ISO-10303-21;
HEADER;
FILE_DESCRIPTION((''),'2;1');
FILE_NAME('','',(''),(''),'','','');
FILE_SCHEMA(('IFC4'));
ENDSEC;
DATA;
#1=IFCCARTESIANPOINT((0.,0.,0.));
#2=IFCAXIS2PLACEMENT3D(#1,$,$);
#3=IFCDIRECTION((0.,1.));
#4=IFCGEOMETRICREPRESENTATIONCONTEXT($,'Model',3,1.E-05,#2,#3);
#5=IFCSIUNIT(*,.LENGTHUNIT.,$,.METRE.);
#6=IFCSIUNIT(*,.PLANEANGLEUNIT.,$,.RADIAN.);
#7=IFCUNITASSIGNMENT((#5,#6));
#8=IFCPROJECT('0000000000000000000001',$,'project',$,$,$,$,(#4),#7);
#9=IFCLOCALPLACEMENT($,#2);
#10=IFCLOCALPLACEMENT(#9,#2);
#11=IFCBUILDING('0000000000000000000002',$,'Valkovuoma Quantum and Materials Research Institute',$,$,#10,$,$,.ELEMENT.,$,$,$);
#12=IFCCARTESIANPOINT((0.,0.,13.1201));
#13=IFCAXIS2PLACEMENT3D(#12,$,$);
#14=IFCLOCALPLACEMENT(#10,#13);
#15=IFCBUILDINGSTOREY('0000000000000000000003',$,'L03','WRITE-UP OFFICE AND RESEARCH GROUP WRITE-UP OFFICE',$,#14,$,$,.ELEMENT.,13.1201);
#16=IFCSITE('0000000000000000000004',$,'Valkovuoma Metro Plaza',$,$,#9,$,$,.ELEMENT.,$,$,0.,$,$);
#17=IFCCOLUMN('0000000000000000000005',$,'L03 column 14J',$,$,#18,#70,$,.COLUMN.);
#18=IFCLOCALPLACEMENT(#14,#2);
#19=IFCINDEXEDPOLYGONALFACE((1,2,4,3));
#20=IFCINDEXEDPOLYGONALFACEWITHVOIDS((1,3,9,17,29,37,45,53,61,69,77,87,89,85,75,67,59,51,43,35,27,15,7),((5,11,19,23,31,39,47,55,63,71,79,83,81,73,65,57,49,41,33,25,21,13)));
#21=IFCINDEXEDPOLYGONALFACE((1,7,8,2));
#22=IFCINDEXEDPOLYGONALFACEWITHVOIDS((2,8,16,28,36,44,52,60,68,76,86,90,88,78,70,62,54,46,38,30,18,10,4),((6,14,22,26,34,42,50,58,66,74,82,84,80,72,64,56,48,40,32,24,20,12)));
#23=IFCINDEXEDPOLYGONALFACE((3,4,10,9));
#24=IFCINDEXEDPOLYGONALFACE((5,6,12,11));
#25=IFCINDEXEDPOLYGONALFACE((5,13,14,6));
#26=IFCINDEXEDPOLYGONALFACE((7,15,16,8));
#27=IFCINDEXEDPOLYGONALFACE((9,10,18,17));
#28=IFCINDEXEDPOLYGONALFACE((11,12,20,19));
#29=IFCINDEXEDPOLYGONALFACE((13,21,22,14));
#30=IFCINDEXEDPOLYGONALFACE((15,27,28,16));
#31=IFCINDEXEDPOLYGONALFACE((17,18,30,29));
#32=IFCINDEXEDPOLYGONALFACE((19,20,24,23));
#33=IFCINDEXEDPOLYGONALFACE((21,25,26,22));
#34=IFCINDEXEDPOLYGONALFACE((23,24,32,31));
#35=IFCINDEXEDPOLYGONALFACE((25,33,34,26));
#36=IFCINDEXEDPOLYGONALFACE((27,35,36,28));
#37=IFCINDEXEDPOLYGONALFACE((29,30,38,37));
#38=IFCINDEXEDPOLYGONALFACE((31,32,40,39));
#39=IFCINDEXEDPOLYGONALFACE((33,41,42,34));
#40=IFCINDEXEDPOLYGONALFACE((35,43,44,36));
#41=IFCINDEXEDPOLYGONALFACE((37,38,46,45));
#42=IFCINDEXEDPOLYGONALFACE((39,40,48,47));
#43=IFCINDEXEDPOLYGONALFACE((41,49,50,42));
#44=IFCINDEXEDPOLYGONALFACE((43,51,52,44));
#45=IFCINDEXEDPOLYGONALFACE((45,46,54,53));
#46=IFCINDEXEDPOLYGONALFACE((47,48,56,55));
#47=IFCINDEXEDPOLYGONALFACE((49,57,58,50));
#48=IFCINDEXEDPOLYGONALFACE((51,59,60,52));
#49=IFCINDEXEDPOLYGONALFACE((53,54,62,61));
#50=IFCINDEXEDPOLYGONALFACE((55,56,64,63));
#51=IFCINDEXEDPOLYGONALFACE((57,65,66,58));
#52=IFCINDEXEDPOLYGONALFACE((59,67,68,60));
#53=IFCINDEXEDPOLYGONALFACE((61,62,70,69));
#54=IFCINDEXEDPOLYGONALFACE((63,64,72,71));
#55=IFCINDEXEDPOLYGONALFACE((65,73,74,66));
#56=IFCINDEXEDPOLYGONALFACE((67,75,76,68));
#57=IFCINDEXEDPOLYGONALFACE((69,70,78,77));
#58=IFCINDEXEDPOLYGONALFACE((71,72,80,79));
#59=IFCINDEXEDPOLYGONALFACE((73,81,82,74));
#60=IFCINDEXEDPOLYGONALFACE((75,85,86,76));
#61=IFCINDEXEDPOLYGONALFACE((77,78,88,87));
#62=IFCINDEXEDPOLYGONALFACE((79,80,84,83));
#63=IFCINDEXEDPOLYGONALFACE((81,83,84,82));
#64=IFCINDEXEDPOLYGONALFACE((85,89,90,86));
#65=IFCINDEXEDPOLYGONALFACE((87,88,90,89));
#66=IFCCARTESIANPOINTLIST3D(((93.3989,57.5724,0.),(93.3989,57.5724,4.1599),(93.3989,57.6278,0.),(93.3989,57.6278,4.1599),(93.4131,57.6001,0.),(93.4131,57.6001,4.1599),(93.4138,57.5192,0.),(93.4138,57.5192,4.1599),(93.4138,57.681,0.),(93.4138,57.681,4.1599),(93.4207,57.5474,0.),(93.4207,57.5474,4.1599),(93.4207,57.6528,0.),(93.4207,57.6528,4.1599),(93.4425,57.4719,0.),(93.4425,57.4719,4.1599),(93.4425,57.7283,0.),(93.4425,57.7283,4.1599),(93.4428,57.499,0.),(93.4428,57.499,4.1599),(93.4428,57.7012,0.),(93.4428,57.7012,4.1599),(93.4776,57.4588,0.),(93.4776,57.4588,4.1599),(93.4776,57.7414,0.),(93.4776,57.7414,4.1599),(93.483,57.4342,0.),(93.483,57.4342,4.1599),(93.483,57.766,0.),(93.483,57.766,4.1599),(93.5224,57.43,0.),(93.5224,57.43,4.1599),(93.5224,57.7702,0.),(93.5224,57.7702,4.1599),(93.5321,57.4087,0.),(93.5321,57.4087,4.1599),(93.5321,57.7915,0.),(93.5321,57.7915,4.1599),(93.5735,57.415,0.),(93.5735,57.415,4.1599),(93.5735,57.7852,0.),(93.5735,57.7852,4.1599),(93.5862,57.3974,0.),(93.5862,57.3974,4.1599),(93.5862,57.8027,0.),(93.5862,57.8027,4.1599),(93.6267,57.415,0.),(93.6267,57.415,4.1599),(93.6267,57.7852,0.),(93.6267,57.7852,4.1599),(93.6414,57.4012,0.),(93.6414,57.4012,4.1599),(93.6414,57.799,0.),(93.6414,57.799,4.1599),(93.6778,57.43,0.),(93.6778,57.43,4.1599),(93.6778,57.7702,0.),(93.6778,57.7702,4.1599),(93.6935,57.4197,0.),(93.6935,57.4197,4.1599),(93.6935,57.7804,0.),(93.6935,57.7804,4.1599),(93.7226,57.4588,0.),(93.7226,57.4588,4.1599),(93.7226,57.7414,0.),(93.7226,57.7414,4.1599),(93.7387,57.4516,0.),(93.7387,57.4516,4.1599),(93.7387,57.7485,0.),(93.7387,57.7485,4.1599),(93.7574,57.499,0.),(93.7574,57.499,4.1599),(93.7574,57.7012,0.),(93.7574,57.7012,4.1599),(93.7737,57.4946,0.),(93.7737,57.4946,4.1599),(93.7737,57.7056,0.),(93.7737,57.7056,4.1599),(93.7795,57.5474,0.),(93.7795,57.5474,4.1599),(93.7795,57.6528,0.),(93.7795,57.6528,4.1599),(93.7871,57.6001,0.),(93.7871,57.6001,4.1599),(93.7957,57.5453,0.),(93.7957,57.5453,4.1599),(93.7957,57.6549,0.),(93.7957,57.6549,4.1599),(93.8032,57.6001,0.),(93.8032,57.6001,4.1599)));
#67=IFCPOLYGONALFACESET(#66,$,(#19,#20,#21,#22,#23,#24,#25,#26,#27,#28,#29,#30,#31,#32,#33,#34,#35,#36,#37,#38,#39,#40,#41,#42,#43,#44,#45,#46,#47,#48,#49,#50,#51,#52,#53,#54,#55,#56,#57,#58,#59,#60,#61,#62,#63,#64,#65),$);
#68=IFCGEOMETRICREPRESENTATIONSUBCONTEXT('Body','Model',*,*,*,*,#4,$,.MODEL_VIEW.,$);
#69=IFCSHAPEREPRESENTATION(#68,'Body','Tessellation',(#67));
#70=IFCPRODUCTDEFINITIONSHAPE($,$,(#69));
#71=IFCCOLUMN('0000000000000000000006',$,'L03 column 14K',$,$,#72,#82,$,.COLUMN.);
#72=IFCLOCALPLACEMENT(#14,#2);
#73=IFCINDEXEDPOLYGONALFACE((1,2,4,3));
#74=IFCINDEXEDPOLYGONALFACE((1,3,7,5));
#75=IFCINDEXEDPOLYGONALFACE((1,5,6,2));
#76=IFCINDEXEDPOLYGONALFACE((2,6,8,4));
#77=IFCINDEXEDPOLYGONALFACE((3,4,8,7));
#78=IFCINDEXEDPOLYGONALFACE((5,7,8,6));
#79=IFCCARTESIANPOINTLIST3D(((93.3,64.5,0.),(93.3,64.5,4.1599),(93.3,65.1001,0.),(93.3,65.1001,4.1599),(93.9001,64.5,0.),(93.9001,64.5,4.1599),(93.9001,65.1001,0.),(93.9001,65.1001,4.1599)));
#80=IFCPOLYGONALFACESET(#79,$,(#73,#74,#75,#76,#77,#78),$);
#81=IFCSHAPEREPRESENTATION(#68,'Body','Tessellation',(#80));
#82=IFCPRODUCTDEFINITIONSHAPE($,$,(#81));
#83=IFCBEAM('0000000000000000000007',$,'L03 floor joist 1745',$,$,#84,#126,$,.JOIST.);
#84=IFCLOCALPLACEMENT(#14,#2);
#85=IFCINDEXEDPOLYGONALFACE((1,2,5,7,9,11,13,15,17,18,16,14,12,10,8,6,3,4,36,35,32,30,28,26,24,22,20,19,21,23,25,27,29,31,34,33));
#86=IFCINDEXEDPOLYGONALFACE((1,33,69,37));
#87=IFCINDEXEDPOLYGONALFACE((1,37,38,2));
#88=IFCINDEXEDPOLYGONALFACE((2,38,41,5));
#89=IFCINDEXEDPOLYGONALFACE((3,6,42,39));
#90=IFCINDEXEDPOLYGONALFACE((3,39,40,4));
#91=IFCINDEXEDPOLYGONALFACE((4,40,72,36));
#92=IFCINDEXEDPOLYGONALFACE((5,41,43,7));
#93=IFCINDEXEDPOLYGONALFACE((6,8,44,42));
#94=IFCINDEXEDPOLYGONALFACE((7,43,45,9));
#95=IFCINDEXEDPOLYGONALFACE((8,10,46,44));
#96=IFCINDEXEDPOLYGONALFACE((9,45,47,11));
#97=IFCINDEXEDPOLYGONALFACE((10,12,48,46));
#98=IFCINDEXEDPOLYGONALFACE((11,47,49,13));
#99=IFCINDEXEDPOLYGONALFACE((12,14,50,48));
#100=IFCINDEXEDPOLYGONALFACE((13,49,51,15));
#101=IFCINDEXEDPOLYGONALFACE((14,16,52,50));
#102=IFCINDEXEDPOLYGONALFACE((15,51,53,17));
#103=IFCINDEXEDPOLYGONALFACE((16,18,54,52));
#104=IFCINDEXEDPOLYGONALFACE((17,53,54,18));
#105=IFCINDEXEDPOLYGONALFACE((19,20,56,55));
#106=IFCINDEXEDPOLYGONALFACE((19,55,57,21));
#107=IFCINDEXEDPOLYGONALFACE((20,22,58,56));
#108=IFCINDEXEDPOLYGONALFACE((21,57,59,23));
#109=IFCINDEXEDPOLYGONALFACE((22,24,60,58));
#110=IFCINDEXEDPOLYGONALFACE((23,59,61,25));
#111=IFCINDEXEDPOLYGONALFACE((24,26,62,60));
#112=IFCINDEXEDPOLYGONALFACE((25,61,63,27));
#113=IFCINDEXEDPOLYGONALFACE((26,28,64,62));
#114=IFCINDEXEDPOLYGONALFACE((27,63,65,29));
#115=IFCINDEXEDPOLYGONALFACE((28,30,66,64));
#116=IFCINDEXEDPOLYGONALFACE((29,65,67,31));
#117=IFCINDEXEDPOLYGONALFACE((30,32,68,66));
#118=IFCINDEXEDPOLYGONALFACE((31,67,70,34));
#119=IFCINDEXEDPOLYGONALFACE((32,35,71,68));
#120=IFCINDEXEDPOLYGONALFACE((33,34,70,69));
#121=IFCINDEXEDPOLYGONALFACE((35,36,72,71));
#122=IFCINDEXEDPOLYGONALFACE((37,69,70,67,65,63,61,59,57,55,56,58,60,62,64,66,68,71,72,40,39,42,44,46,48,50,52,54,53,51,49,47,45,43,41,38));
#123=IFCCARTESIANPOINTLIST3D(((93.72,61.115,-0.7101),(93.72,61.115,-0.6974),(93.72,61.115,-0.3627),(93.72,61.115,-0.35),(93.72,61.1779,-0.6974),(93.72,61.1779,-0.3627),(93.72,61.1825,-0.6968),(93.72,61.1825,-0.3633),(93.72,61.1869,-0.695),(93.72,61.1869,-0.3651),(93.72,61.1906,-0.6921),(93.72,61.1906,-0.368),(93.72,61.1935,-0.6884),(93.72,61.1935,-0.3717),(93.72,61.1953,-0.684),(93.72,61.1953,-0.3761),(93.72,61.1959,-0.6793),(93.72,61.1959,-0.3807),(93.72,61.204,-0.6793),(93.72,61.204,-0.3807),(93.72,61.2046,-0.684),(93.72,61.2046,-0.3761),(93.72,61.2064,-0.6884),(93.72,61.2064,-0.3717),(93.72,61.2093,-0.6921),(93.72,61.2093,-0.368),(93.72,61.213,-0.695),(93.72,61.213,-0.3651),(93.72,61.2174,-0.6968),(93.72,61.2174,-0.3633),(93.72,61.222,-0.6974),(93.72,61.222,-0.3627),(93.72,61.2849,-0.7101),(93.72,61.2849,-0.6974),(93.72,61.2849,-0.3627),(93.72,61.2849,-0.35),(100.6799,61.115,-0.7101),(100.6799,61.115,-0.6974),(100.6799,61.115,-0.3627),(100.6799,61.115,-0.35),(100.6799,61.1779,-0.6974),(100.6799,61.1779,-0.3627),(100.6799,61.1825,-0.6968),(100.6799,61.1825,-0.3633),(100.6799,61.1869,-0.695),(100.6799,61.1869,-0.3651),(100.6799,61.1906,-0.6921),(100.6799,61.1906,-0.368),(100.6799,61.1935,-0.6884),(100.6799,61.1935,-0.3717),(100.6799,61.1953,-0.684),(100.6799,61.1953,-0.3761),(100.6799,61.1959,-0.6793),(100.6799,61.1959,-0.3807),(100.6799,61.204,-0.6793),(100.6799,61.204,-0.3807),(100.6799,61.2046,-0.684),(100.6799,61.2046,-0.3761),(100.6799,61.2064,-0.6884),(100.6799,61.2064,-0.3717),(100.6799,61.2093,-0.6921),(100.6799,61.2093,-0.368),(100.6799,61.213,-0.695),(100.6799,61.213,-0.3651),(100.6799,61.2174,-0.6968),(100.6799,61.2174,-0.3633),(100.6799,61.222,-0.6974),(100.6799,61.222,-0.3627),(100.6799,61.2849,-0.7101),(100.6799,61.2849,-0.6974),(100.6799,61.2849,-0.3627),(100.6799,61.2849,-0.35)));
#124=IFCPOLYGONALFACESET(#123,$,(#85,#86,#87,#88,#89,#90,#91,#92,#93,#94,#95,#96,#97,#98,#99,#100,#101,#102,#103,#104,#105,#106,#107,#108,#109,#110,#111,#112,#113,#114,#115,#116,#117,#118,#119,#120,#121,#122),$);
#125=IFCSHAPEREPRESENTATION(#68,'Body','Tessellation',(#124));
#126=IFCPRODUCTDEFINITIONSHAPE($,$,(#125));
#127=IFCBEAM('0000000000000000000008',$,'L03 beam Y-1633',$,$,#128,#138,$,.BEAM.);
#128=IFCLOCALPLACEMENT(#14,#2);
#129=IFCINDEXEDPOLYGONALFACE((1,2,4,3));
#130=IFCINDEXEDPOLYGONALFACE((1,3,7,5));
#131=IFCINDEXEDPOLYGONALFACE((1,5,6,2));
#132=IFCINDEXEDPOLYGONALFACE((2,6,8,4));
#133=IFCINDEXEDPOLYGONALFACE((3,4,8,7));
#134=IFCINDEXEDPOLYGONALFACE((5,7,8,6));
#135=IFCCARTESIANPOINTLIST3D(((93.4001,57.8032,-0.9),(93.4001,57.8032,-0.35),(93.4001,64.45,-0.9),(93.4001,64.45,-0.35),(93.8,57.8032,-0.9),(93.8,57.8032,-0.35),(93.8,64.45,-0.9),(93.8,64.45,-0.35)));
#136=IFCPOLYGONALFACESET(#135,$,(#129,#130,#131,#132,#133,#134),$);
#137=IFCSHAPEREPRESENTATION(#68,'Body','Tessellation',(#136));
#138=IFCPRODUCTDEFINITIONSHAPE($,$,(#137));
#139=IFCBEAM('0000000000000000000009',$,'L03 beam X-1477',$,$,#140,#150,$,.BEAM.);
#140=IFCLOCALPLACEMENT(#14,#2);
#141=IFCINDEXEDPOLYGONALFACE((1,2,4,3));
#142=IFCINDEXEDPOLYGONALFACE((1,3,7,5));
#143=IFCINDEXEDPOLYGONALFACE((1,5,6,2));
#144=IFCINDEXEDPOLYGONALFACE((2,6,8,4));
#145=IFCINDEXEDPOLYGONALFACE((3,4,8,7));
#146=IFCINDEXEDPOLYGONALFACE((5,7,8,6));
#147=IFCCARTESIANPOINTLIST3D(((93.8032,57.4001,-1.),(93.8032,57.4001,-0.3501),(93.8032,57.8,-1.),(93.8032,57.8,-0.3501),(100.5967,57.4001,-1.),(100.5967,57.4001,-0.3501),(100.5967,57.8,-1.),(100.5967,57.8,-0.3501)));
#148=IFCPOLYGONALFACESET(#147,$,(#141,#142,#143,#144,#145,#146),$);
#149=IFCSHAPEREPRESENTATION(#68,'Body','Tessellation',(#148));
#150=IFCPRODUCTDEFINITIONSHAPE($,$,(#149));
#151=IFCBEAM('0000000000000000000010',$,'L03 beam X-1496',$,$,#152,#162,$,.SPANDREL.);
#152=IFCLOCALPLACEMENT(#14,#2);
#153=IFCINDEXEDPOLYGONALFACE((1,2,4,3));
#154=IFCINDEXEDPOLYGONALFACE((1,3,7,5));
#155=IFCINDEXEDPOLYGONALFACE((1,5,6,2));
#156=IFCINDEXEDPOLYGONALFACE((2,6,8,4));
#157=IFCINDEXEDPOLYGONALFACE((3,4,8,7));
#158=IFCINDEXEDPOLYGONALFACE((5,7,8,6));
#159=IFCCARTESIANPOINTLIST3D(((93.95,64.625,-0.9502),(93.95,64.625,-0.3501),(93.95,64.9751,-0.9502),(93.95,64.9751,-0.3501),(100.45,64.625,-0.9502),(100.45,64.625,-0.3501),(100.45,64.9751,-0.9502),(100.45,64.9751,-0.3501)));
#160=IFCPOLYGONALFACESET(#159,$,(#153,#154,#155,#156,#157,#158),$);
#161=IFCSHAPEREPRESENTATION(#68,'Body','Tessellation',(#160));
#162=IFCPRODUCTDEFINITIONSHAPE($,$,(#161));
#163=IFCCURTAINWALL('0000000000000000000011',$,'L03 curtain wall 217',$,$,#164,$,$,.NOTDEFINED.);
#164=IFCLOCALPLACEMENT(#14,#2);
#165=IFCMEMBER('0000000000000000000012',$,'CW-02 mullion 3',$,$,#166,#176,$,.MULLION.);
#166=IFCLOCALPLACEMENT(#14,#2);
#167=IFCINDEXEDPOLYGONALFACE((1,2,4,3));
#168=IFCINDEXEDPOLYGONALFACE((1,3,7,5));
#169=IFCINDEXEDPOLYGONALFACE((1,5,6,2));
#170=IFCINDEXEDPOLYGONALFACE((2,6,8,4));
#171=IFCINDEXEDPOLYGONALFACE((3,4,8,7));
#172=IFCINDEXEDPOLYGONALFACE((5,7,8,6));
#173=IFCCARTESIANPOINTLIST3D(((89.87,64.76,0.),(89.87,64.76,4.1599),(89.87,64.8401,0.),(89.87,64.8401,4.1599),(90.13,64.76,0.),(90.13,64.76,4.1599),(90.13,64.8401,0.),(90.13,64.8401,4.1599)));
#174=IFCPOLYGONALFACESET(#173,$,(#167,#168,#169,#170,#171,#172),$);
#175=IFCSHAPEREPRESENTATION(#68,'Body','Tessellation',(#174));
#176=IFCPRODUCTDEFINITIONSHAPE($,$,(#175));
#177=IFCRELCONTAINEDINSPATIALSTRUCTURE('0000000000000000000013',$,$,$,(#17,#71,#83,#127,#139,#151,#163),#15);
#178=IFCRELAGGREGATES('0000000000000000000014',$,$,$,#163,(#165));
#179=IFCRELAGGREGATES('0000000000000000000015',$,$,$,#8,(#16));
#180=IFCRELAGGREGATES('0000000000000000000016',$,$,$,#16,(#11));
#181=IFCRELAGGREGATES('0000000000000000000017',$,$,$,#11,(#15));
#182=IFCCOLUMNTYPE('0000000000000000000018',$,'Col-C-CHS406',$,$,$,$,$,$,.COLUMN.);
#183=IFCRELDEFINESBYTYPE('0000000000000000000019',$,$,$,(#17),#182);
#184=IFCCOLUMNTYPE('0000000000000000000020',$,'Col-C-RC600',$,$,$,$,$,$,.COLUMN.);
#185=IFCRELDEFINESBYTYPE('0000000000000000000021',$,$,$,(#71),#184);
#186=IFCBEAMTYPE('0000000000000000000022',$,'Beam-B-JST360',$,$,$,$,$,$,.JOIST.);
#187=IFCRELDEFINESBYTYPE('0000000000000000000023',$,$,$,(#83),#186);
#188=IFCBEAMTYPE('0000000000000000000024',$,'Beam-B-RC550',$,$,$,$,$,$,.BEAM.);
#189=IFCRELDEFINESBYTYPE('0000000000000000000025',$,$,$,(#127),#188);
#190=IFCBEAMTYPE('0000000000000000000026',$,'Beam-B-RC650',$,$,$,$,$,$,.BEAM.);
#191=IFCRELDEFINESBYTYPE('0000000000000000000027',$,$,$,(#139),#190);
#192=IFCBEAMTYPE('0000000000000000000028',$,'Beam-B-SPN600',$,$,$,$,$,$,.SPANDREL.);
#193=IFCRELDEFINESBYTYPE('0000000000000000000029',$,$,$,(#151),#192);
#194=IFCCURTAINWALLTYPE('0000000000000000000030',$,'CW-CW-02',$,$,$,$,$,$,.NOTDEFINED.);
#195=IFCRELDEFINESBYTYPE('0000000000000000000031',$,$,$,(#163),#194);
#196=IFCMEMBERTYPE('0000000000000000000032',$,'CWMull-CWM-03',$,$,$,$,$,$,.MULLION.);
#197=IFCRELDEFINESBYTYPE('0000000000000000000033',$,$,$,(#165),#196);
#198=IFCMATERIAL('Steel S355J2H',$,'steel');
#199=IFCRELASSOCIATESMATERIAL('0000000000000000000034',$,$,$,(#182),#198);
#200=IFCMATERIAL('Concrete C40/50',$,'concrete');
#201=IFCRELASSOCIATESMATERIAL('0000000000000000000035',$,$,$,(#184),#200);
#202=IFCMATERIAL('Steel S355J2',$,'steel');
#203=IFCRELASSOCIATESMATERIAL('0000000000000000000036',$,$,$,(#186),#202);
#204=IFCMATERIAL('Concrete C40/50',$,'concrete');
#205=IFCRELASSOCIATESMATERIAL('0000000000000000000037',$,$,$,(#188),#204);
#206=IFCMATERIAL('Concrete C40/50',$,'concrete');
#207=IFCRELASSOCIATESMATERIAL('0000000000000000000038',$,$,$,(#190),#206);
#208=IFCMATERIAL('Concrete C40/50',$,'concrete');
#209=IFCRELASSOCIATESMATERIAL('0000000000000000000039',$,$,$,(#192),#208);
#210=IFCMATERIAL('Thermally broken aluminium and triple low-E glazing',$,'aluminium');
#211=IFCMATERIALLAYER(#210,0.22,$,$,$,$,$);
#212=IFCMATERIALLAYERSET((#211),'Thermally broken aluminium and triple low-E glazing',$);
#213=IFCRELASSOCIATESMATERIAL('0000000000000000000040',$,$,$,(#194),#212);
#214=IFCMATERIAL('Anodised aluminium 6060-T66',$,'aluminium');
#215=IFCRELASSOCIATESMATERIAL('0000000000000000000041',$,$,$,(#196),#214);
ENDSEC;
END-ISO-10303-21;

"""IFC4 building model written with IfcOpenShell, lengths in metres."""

from ifc_helpers import new_model, si_unit, direction, frame, origin, origin_2d, place, context, subcontext, project, spatial, rectangle, hollow_circle, i_section, extrude, material, layer, layer_set, material_profile, profile_set, type_object, element, aggregate, save


model = new_model("IFC4")

# Units and contexts
model_context = context("Model", 3, precision=1e-05, world=origin(), true_north=direction((0.0, 1.0)))
body_context = subcontext(model_context, "Body", "Model", "MODEL_VIEW")
ifc_project = project(units=[si_unit("LENGTHUNIT", "METRE"), si_unit("PLANEANGLEUNIT", "RADIAN")], contexts=[model_context])

# Site, building, storey
site_placement = place(None, origin())
site = spatial("IfcSite", under=ifc_project, at=site_placement, Name="Valkovuoma Metro Plaza", CompositionType="ELEMENT", RefElevation=0.0)
building_placement = place(site_placement, origin())
building = spatial("IfcBuilding", under=site, at=building_placement, Name="Valkovuoma Quantum and Materials Research Institute", CompositionType="ELEMENT")
storey_placement = place(building_placement, frame((0.0, 0.0, 13.1201)))
storey = spatial("IfcBuildingStorey", under=building, at=storey_placement, Name="L03", Description="WRITE-UP OFFICE AND RESEARCH GROUP WRITE-UP OFFICE", CompositionType="ELEMENT", Elevation=13.1201)

# Columns
ifc_material_1 = material(Name="Steel S355J2H", Category="steel")
ifc_material_profile_1 = material_profile(ifc_material_1, hollow_circle(Radius=0.2031, WallThickness=0.0161, at=origin_2d()), Name="Steel S355J2H")
ifc_profile_set_1 = profile_set([ifc_material_profile_1], Name="Steel S355J2H")
column_type_1 = type_object("IfcColumnType", Name="Col-C-CHS406", PredefinedType="COLUMN", material=ifc_profile_set_1)
column_1_placement = place(storey_placement, frame((93.6001, 57.6001, 0.0), z_axis=(0.0, 0.0, 1.0), x_axis=(1.0, 0.0, 0.0)))
element("IfcColumn", 1, at=column_1_placement, inside=storey, type_object=column_type_1, Name="L03 column 14J", PredefinedType="COLUMN", context=body_context, shape_type="SweptSolid", body=[
    extrude(hollow_circle(Radius=0.2031, WallThickness=0.0161, at=origin_2d()), origin(), (0.0, 0.0, 1.0), 4.1599),
])
ifc_material_2 = material(Name="Concrete C40/50", Category="concrete")
ifc_material_profile_2 = material_profile(ifc_material_2, rectangle(XDim=0.6001, YDim=0.6001, at=origin_2d()), Name="Concrete C40/50")
ifc_profile_set_2 = profile_set([ifc_material_profile_2], Name="Concrete C40/50")
column_type_2 = type_object("IfcColumnType", Name="Col-C-RC600", PredefinedType="COLUMN", material=ifc_profile_set_2)
column_2_placement = place(storey_placement, frame((93.6001, 64.8, 0.0), z_axis=(0.0, 0.0, 1.0), x_axis=(1.0, 0.0, 0.0)))
element("IfcColumn", 2, at=column_2_placement, inside=storey, type_object=column_type_2, Name="L03 column 14K", PredefinedType="COLUMN", context=body_context, shape_type="SweptSolid", body=[
    extrude(rectangle(XDim=0.6001, YDim=0.6001, at=origin_2d()), origin(), (0.0, 0.0, 1.0), 4.1599),
])

# Beams
ifc_material_3 = material(Name="Steel S355J2", Category="steel")
ifc_material_profile_3 = material_profile(ifc_material_3, i_section(OverallWidth=0.1699, OverallDepth=0.3601, WebThickness=0.0081, FlangeThickness=0.0127, FilletRadius=0.0181, at=origin_2d()), Name="Steel S355J2")
ifc_profile_set_3 = profile_set([ifc_material_profile_3], Name="Steel S355J2")
beam_type_1 = type_object("IfcBeamType", Name="Beam-B-JST360", PredefinedType="JOIST", material=ifc_profile_set_3)
beam_1_placement = place(storey_placement, frame((93.72, 61.2, -0.53), z_axis=(1.0, 0.0, 0.0), x_axis=(0.0, 1.0, 0.0)))
element("IfcBeam", 3, at=beam_1_placement, inside=storey, type_object=beam_type_1, Name="L03 floor joist 1745", PredefinedType="JOIST", context=body_context, shape_type="SweptSolid", body=[
    extrude(i_section(OverallWidth=0.1699, OverallDepth=0.3601, WebThickness=0.0081, FlangeThickness=0.0127, FilletRadius=0.0181, at=origin_2d()), origin(), (0.0, 0.0, 1.0), 6.96),
])
ifc_material_4 = material(Name="Concrete C40/50", Category="concrete")
ifc_material_profile_4 = material_profile(ifc_material_4, rectangle(XDim=0.3999, YDim=0.55, at=origin_2d()), Name="Concrete C40/50")
ifc_profile_set_4 = profile_set([ifc_material_profile_4], Name="Concrete C40/50")
beam_type_2 = type_object("IfcBeamType", Name="Beam-B-RC550", PredefinedType="BEAM", material=ifc_profile_set_4)
beam_2_placement = place(storey_placement, frame((93.6001, 57.8032, -0.625), z_axis=(0.0, 1.0, 0.0), x_axis=(-1.0, 0.0, 0.0)))
element("IfcBeam", 4, at=beam_2_placement, inside=storey, type_object=beam_type_2, Name="L03 beam Y-1633", PredefinedType="BEAM", context=body_context, shape_type="SweptSolid", body=[
    extrude(rectangle(XDim=0.3999, YDim=0.55, at=origin_2d()), origin(), (0.0, 0.0, 1.0), 6.6467),
])
ifc_material_5 = material(Name="Concrete C40/50", Category="concrete")
ifc_material_profile_5 = material_profile(ifc_material_5, rectangle(XDim=0.3999, YDim=0.6499, at=origin_2d()), Name="Concrete C40/50")
ifc_profile_set_5 = profile_set([ifc_material_profile_5], Name="Concrete C40/50")
beam_type_3 = type_object("IfcBeamType", Name="Beam-B-RC650", PredefinedType="BEAM", material=ifc_profile_set_5)
beam_3_placement = place(storey_placement, frame((93.8032, 57.6001, -0.675), z_axis=(1.0, 0.0, 0.0), x_axis=(0.0, 1.0, 0.0)))
element("IfcBeam", 5, at=beam_3_placement, inside=storey, type_object=beam_type_3, Name="L03 beam X-1477", PredefinedType="BEAM", context=body_context, shape_type="SweptSolid", body=[
    extrude(rectangle(XDim=0.3999, YDim=0.6499, at=origin_2d()), origin(), (0.0, 0.0, 1.0), 6.7935),
])
ifc_material_6 = material(Name="Concrete C40/50", Category="concrete")
ifc_material_profile_6 = material_profile(ifc_material_6, rectangle(XDim=0.3501, YDim=0.6001, at=origin_2d()), Name="Concrete C40/50")
ifc_profile_set_6 = profile_set([ifc_material_profile_6], Name="Concrete C40/50")
beam_type_4 = type_object("IfcBeamType", Name="Beam-B-SPN600", PredefinedType="SPANDREL", material=ifc_profile_set_6)
beam_4_placement = place(storey_placement, frame((93.95, 64.8, -0.6501), z_axis=(1.0, 0.0, 0.0), x_axis=(0.0, 1.0, 0.0)))
element("IfcBeam", 6, at=beam_4_placement, inside=storey, type_object=beam_type_4, Name="L03 beam X-1496", PredefinedType="SPANDREL", context=body_context, shape_type="SweptSolid", body=[
    extrude(rectangle(XDim=0.3501, YDim=0.6001, at=origin_2d()), origin(), (0.0, 0.0, 1.0), 6.5),
])

# Curtain wall, member
ifc_material_7 = material(Name="Thermally broken aluminium and triple low-E glazing", Category="aluminium")
ifc_layer_1 = layer(ifc_material_7, 0.22)
ifc_layer_set_1 = layer_set([ifc_layer_1], Name="Thermally broken aluminium and triple low-E glazing")
curtain_wall_type = type_object("IfcCurtainWallType", Name="CW-CW-02", PredefinedType="NOTDEFINED", material=ifc_layer_set_1)
curtain_wall_1_placement = place(storey_placement, origin())
curtain_wall_1 = element("IfcCurtainWall", 7, at=curtain_wall_1_placement, inside=storey, type_object=curtain_wall_type, Name="L03 curtain wall 217", PredefinedType="NOTDEFINED")
ifc_material_8 = material(Name="Anodised aluminium 6060-T66", Category="aluminium")
ifc_material_profile_7 = material_profile(ifc_material_8, rectangle(XDim=0.0801, YDim=0.26, at=origin_2d()), Name="Anodised aluminium 6060-T66")
ifc_profile_set_7 = profile_set([ifc_material_profile_7], Name="Anodised aluminium 6060-T66")
member_type_1 = type_object("IfcMemberType", Name="CWMull-CWM-03", PredefinedType="MULLION", material=ifc_profile_set_7)
member_1_placement = place(storey_placement, frame((90.0, 64.8, 0.0), z_axis=(0.0, 0.0, 1.0), x_axis=(0.0, 1.0, 0.0)))
member_1 = element("IfcMember", 8, at=member_1_placement, type_object=member_type_1, Name="CW-02 mullion 3", PredefinedType="MULLION", context=body_context, shape_type="SweptSolid", body=[
    extrude(rectangle(XDim=0.0801, YDim=0.26, at=origin_2d()), origin(), (0.0, 0.0, 1.0), 4.1599),
])

aggregate(curtain_wall_1, [member_1])

save(model, "model.ifc")
